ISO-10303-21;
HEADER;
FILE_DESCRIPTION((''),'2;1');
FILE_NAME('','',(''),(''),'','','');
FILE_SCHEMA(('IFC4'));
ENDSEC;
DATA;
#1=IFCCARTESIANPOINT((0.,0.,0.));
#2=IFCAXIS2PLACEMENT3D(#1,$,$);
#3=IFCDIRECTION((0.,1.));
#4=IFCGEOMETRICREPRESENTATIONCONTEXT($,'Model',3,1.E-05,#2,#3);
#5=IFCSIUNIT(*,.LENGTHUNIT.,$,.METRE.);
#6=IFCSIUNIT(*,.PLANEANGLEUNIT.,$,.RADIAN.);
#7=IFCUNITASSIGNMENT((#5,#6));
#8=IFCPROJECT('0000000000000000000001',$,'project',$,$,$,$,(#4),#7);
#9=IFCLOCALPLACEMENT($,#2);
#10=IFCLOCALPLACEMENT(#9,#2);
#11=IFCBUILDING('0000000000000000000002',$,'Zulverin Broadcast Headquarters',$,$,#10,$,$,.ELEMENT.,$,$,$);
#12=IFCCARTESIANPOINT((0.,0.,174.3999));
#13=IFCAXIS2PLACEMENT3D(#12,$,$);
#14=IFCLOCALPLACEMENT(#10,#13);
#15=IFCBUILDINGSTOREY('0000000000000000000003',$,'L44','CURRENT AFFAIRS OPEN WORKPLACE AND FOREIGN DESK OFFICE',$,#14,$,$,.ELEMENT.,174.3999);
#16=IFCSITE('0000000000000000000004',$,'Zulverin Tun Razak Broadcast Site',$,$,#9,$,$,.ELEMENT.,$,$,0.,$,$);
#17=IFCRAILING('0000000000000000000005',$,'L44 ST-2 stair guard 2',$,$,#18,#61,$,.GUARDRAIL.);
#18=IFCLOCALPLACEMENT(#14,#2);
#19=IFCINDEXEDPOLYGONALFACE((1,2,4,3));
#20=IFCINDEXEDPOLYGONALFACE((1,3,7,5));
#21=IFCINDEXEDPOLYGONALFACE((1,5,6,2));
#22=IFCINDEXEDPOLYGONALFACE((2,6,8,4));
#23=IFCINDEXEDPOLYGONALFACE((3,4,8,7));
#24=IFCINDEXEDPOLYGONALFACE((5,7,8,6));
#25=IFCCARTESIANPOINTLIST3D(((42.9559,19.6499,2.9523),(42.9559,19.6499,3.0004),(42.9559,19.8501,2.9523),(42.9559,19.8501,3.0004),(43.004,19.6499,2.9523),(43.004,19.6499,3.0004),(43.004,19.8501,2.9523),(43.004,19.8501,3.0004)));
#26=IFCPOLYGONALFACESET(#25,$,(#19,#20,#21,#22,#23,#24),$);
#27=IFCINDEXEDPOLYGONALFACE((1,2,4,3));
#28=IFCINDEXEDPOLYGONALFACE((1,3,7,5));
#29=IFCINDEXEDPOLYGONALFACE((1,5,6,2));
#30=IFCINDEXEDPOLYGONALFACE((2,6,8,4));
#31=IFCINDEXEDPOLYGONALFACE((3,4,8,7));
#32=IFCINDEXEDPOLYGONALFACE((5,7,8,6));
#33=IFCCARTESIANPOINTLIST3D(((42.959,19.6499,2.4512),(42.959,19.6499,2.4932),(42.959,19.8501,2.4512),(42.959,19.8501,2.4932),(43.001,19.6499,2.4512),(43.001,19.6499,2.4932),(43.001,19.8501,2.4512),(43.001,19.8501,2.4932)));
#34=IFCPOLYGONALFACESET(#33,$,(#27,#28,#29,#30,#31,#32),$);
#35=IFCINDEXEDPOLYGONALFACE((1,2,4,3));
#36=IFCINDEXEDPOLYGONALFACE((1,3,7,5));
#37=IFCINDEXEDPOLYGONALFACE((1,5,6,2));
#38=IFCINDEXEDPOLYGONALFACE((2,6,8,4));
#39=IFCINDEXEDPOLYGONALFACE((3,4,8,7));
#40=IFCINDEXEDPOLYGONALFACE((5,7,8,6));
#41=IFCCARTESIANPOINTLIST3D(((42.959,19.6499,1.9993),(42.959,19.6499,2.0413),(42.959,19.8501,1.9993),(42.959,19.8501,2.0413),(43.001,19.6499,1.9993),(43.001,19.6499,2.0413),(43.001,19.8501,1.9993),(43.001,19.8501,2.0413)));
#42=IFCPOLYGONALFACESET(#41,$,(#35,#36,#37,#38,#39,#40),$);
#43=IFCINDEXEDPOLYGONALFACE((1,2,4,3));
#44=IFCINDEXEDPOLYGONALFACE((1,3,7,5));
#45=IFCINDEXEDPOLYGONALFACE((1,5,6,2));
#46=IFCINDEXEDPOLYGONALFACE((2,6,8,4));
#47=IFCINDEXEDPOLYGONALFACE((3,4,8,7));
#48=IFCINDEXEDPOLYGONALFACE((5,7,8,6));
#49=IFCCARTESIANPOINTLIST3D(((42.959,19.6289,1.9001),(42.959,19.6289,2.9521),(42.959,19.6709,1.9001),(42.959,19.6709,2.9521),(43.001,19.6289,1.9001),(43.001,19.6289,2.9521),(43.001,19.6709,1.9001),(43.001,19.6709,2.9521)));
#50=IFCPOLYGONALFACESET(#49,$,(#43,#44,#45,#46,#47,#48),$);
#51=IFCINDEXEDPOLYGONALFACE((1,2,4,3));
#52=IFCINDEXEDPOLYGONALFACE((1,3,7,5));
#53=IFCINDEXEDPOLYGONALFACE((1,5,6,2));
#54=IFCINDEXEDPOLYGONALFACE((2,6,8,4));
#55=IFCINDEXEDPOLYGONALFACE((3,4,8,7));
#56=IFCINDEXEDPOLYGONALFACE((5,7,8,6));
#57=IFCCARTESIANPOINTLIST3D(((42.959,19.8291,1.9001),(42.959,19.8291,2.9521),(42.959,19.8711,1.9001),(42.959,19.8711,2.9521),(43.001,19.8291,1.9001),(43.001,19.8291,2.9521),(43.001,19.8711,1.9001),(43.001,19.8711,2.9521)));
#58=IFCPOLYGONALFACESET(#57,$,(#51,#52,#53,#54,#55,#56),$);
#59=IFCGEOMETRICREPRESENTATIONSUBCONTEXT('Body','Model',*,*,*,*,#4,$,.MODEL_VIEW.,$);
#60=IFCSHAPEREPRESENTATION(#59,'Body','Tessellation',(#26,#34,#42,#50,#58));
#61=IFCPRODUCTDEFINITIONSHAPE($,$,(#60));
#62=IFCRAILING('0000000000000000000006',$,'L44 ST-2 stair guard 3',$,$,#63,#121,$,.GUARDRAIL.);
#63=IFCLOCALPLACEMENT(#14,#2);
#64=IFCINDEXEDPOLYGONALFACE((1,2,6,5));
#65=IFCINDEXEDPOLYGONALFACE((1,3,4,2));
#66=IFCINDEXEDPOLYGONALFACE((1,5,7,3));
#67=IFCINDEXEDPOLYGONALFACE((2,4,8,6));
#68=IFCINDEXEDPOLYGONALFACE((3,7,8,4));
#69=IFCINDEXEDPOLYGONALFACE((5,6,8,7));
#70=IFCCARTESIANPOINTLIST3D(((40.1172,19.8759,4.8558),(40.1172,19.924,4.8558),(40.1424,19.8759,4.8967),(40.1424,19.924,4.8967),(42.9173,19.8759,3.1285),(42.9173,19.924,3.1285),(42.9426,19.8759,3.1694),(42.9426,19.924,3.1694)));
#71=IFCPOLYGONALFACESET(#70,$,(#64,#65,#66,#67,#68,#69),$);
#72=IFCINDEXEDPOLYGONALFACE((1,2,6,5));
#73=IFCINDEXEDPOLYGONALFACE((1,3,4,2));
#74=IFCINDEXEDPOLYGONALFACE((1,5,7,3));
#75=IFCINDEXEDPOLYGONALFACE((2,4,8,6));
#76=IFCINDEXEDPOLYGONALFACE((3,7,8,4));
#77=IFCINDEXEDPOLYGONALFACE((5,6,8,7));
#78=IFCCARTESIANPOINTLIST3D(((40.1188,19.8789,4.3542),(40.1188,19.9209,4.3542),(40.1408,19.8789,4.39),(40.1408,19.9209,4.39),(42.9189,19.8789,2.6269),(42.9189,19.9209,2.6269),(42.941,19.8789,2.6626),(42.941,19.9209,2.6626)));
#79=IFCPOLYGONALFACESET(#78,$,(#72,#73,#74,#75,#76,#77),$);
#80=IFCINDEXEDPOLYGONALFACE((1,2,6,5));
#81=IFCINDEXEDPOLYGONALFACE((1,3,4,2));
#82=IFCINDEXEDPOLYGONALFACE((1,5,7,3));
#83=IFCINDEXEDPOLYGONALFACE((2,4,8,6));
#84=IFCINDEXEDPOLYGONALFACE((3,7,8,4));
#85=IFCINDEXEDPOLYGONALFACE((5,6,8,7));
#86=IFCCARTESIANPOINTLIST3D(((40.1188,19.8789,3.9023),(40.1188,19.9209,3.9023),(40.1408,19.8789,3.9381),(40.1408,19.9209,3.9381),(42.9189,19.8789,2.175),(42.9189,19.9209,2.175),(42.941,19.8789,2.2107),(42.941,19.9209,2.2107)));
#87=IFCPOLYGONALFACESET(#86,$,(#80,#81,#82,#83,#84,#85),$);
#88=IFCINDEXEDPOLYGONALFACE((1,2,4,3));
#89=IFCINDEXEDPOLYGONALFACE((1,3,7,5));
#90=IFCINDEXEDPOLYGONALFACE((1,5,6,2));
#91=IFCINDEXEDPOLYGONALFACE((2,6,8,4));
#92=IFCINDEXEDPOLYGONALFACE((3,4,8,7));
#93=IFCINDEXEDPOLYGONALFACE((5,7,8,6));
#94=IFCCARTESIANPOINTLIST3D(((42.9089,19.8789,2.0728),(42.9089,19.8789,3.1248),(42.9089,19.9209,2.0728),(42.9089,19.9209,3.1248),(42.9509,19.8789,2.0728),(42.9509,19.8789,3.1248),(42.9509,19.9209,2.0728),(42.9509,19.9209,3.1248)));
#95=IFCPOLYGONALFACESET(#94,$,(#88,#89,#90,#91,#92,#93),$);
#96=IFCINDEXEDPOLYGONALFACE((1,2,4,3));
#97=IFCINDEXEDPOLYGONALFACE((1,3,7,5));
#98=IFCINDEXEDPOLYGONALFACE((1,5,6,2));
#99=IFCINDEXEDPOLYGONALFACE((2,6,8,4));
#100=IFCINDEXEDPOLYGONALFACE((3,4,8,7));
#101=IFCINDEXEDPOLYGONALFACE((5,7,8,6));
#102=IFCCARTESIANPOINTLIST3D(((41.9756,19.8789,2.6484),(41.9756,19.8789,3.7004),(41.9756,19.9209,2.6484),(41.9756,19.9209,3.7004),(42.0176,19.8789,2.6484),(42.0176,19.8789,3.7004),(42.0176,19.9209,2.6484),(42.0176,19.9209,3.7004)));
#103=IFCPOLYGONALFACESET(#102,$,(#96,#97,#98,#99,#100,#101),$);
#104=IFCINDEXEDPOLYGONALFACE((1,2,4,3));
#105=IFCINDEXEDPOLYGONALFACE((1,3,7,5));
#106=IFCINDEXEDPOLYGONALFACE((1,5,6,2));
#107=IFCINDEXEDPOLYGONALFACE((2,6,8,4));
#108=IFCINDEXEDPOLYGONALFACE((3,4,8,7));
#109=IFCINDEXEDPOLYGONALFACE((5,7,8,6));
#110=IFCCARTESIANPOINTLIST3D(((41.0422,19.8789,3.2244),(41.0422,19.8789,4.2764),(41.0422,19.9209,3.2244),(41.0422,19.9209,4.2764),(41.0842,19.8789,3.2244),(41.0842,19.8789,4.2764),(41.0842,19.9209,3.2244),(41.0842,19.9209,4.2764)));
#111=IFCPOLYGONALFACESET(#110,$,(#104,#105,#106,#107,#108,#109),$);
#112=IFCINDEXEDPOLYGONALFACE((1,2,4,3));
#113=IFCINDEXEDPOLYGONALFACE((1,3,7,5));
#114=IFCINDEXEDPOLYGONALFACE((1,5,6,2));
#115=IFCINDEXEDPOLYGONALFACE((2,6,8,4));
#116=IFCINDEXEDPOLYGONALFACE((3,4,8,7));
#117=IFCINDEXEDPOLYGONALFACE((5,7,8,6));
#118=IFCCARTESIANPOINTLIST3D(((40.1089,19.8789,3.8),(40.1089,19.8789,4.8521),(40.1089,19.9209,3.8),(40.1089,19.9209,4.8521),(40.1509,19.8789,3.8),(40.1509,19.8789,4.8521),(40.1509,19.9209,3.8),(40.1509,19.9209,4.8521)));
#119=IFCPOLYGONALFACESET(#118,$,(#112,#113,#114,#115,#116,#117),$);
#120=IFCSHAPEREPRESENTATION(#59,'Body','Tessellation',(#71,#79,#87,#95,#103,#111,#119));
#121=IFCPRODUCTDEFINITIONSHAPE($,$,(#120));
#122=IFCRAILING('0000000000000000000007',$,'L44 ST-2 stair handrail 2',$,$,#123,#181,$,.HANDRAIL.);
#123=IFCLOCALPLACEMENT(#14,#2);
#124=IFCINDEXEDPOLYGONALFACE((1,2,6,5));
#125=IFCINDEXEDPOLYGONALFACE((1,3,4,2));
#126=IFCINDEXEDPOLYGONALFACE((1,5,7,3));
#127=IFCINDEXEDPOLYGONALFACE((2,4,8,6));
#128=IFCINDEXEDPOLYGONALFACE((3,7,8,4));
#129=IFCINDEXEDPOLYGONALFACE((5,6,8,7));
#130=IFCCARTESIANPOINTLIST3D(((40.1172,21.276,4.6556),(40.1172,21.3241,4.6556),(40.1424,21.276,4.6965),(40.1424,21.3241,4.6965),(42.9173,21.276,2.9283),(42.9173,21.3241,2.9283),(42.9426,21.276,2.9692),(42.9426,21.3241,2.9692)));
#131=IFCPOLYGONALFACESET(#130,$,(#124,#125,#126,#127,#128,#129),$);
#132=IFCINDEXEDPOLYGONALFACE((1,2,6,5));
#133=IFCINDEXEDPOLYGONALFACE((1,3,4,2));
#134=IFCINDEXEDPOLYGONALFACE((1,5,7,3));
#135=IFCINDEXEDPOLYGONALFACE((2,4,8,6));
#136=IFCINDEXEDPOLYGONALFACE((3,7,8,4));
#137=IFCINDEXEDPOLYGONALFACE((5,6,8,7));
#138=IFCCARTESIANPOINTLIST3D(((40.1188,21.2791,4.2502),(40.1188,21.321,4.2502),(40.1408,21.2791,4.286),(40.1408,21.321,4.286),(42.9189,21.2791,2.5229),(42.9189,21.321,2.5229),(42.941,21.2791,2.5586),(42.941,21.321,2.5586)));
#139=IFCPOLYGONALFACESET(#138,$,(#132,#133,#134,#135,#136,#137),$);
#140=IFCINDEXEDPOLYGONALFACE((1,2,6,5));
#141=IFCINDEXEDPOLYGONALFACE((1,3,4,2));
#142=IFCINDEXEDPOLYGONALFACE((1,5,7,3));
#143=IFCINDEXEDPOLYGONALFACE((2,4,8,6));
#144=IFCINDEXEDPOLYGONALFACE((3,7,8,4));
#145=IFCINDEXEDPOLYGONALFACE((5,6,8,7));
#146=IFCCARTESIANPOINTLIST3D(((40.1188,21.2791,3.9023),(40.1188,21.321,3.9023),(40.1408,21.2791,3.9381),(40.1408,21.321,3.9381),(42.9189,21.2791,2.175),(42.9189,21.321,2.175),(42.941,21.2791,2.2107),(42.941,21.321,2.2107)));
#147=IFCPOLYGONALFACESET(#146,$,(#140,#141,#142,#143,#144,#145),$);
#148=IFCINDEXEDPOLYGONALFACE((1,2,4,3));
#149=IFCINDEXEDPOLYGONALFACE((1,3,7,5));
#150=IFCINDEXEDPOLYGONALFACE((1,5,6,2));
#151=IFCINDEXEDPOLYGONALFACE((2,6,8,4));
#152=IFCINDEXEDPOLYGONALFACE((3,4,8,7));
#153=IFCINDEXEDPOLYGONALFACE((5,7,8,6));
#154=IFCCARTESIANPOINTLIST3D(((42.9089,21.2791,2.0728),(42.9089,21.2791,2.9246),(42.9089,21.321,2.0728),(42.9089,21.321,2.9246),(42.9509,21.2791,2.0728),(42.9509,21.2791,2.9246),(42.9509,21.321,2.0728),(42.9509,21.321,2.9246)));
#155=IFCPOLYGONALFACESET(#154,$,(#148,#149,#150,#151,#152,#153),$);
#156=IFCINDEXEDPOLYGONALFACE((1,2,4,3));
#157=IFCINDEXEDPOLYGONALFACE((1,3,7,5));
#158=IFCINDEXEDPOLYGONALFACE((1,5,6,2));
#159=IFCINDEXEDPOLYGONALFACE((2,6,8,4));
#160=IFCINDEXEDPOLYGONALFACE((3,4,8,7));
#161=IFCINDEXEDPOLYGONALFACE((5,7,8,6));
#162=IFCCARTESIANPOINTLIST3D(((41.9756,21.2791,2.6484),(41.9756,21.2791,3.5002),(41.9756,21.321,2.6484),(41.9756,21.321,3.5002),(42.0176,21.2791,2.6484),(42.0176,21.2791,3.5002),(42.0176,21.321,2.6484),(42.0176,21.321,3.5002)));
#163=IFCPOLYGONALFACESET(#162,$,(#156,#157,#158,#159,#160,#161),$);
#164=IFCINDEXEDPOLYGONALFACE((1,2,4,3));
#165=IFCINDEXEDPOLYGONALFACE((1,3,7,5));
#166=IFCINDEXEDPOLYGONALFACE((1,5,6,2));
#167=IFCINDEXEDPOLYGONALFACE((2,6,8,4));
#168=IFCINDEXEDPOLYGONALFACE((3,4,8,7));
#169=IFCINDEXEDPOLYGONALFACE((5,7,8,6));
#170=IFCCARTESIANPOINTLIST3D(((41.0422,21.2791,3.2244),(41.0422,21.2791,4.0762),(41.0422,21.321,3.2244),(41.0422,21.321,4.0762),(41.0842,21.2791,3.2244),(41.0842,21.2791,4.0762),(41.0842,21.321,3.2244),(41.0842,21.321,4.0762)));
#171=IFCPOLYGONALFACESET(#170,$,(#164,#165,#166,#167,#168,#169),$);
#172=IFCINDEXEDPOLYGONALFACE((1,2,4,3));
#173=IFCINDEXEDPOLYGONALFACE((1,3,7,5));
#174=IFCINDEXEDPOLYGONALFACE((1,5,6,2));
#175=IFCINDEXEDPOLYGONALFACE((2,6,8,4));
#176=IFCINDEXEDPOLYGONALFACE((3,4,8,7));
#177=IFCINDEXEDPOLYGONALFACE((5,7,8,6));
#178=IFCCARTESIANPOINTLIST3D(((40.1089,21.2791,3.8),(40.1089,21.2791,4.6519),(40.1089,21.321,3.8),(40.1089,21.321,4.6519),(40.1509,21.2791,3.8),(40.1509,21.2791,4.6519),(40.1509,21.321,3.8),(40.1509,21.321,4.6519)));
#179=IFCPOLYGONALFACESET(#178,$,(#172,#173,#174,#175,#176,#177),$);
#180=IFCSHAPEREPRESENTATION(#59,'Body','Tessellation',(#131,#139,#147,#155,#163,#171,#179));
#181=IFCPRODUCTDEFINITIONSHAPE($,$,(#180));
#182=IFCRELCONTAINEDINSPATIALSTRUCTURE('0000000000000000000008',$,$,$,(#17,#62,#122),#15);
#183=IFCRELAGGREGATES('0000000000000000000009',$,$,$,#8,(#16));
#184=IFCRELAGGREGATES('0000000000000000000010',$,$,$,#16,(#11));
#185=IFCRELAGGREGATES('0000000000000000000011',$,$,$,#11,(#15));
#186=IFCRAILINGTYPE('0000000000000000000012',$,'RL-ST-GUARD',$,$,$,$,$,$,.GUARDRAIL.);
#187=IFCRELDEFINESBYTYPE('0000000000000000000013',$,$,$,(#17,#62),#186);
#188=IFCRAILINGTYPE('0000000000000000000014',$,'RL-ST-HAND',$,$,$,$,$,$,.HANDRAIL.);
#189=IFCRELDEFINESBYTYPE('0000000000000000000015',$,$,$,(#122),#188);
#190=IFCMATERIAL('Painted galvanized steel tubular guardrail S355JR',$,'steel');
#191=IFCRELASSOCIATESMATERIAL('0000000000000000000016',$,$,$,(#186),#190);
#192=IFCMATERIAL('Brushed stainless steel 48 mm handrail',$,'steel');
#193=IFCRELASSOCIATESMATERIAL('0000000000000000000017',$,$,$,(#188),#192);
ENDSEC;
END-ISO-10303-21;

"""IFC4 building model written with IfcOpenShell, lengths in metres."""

from ifc_helpers import new_model, si_unit, direction, frame, origin, origin_2d, place, context, subcontext, project, spatial, rectangle, extrude, material, type_object, element, save


model = new_model("IFC4")

# Units and contexts
model_context = context("Model", 3, precision=1e-05, world=origin(), true_north=direction((0.0, 1.0)))
body_context = subcontext(model_context, "Body", "Model", "MODEL_VIEW")
ifc_project = project(units=[si_unit("LENGTHUNIT", "METRE"), si_unit("PLANEANGLEUNIT", "RADIAN")], contexts=[model_context])

# Site, building, storey
site_placement = place(None, origin())
site = spatial("IfcSite", under=ifc_project, at=site_placement, Name="Zulverin Tun Razak Broadcast Site", CompositionType="ELEMENT", RefElevation=0.0)
building_placement = place(site_placement, origin())
building = spatial("IfcBuilding", under=site, at=building_placement, Name="Zulverin Broadcast Headquarters", CompositionType="ELEMENT")
storey_placement = place(building_placement, frame((0.0, 0.0, 174.3999)))
storey = spatial("IfcBuildingStorey", under=building, at=storey_placement, Name="L44", Description="CURRENT AFFAIRS OPEN WORKPLACE AND FOREIGN DESK OFFICE", CompositionType="ELEMENT", Elevation=174.3999)

# Railings
ifc_material_1 = material(Name="Painted galvanized steel tubular guardrail S355JR", Category="steel")
railing_type_1 = type_object("IfcRailingType", Name="RL-ST-GUARD", PredefinedType="GUARDRAIL", material=ifc_material_1)
railing_1_placement = place(storey_placement, frame((42.98, 19.6499, 1.9001)))
element("IfcRailing", 1, at=railing_1_placement, inside=storey, type_object=railing_type_1, Name="L44 ST-2 stair guard 2", PredefinedType="GUARDRAIL", context=body_context, shape_type="SweptSolid", body=[
    extrude(rectangle(XDim=0.0481, YDim=0.0481, at=origin_2d()), frame((0.0, 0.0, 1.0762), z_axis=(0.0, 1.0, 0.0), x_axis=(-1.0, 0.0, 0.0)), (0.0, 0.0, 1.0), 0.2002),
    extrude(rectangle(XDim=0.042, YDim=0.042, at=origin_2d()), frame((0.0, 0.0, 0.572), z_axis=(0.0, 1.0, 0.0), x_axis=(-1.0, 0.0, 0.0)), (0.0, 0.0, 1.0), 0.2002),
    extrude(rectangle(XDim=0.042, YDim=0.042, at=origin_2d()), frame((0.0, 0.0, 0.1201), z_axis=(0.0, 1.0, 0.0), x_axis=(-1.0, 0.0, 0.0)), (0.0, 0.0, 1.0), 0.2002),
    extrude(rectangle(XDim=0.042, YDim=0.042, at=origin_2d()), origin(), (0.0, 0.0, 1.0), 1.052),
    extrude(rectangle(XDim=0.042, YDim=0.042, at=origin_2d()), frame((0.0, 0.2002, 0.0)), (0.0, 0.0, 1.0), 1.052),
])
railing_2_placement = place(storey_placement, frame((42.9299, 19.8999, 2.0728)))
element("IfcRailing", 2, at=railing_2_placement, inside=storey, type_object=railing_type_1, Name="L44 ST-2 stair guard 3", PredefinedType="GUARDRAIL", context=body_context, shape_type="SweptSolid", body=[
    extrude(rectangle(XDim=0.0481, YDim=0.0481, at=origin_2d()), frame((0.0, 0.0, 1.0762), z_axis=(-0.85109, 0.0, 0.52502), x_axis=(0.0, -1.0, 0.0)), (0.0, 0.0, 1.0), 3.29),
    extrude(rectangle(XDim=0.042, YDim=0.042, at=origin_2d()), frame((0.0, 0.0, 0.572), z_axis=(-0.85109, 0.0, 0.52502), x_axis=(0.0, -1.0, 0.0)), (0.0, 0.0, 1.0), 3.29),
    extrude(rectangle(XDim=0.042, YDim=0.042, at=origin_2d()), frame((0.0, 0.0, 0.1201), z_axis=(-0.85109, 0.0, 0.52502), x_axis=(0.0, -1.0, 0.0)), (0.0, 0.0, 1.0), 3.29),
    extrude(rectangle(XDim=0.042, YDim=0.042, at=origin_2d()), origin(), (0.0, 0.0, 1.0), 1.052),
    extrude(rectangle(XDim=0.042, YDim=0.042, at=origin_2d()), frame((-0.9333, 0.0, 0.5757)), (0.0, 0.0, 1.0), 1.052),
    extrude(rectangle(XDim=0.042, YDim=0.042, at=origin_2d()), frame((-1.8667, 0.0, 1.1516)), (0.0, 0.0, 1.0), 1.052),
    extrude(rectangle(XDim=0.042, YDim=0.042, at=origin_2d()), frame((-2.8, 0.0, 1.7273)), (0.0, 0.0, 1.0), 1.052),
])
ifc_material_2 = material(Name="Brushed stainless steel 48 mm handrail", Category="steel")
railing_type_2 = type_object("IfcRailingType", Name="RL-ST-HAND", PredefinedType="HANDRAIL", material=ifc_material_2)
railing_3_placement = place(storey_placement, frame((42.9299, 21.3, 2.0728)))
element("IfcRailing", 3, at=railing_3_placement, inside=storey, type_object=railing_type_2, Name="L44 ST-2 stair handrail 2", PredefinedType="HANDRAIL", context=body_context, shape_type="SweptSolid", body=[
    extrude(rectangle(XDim=0.0481, YDim=0.0481, at=origin_2d()), frame((0.0, 0.0, 0.876), z_axis=(-0.85109, 0.0, 0.52502), x_axis=(0.0, -1.0, 0.0)), (0.0, 0.0, 1.0), 3.29),
    extrude(rectangle(XDim=0.042, YDim=0.042, at=origin_2d()), frame((0.0, 0.0, 0.468), z_axis=(-0.85109, 0.0, 0.52502), x_axis=(0.0, -1.0, 0.0)), (0.0, 0.0, 1.0), 3.29),
    extrude(rectangle(XDim=0.042, YDim=0.042, at=origin_2d()), frame((0.0, 0.0, 0.1201), z_axis=(-0.85109, 0.0, 0.52502), x_axis=(0.0, -1.0, 0.0)), (0.0, 0.0, 1.0), 3.29),
    extrude(rectangle(XDim=0.042, YDim=0.042, at=origin_2d()), origin(), (0.0, 0.0, 1.0), 0.8518),
    extrude(rectangle(XDim=0.042, YDim=0.042, at=origin_2d()), frame((-0.9333, 0.0, 0.5757)), (0.0, 0.0, 1.0), 0.8518),
    extrude(rectangle(XDim=0.042, YDim=0.042, at=origin_2d()), frame((-1.8667, 0.0, 1.1516)), (0.0, 0.0, 1.0), 0.8518),
    extrude(rectangle(XDim=0.042, YDim=0.042, at=origin_2d()), frame((-2.8, 0.0, 1.7273)), (0.0, 0.0, 1.0), 0.8518),
])

save(model, "model.ifc")
